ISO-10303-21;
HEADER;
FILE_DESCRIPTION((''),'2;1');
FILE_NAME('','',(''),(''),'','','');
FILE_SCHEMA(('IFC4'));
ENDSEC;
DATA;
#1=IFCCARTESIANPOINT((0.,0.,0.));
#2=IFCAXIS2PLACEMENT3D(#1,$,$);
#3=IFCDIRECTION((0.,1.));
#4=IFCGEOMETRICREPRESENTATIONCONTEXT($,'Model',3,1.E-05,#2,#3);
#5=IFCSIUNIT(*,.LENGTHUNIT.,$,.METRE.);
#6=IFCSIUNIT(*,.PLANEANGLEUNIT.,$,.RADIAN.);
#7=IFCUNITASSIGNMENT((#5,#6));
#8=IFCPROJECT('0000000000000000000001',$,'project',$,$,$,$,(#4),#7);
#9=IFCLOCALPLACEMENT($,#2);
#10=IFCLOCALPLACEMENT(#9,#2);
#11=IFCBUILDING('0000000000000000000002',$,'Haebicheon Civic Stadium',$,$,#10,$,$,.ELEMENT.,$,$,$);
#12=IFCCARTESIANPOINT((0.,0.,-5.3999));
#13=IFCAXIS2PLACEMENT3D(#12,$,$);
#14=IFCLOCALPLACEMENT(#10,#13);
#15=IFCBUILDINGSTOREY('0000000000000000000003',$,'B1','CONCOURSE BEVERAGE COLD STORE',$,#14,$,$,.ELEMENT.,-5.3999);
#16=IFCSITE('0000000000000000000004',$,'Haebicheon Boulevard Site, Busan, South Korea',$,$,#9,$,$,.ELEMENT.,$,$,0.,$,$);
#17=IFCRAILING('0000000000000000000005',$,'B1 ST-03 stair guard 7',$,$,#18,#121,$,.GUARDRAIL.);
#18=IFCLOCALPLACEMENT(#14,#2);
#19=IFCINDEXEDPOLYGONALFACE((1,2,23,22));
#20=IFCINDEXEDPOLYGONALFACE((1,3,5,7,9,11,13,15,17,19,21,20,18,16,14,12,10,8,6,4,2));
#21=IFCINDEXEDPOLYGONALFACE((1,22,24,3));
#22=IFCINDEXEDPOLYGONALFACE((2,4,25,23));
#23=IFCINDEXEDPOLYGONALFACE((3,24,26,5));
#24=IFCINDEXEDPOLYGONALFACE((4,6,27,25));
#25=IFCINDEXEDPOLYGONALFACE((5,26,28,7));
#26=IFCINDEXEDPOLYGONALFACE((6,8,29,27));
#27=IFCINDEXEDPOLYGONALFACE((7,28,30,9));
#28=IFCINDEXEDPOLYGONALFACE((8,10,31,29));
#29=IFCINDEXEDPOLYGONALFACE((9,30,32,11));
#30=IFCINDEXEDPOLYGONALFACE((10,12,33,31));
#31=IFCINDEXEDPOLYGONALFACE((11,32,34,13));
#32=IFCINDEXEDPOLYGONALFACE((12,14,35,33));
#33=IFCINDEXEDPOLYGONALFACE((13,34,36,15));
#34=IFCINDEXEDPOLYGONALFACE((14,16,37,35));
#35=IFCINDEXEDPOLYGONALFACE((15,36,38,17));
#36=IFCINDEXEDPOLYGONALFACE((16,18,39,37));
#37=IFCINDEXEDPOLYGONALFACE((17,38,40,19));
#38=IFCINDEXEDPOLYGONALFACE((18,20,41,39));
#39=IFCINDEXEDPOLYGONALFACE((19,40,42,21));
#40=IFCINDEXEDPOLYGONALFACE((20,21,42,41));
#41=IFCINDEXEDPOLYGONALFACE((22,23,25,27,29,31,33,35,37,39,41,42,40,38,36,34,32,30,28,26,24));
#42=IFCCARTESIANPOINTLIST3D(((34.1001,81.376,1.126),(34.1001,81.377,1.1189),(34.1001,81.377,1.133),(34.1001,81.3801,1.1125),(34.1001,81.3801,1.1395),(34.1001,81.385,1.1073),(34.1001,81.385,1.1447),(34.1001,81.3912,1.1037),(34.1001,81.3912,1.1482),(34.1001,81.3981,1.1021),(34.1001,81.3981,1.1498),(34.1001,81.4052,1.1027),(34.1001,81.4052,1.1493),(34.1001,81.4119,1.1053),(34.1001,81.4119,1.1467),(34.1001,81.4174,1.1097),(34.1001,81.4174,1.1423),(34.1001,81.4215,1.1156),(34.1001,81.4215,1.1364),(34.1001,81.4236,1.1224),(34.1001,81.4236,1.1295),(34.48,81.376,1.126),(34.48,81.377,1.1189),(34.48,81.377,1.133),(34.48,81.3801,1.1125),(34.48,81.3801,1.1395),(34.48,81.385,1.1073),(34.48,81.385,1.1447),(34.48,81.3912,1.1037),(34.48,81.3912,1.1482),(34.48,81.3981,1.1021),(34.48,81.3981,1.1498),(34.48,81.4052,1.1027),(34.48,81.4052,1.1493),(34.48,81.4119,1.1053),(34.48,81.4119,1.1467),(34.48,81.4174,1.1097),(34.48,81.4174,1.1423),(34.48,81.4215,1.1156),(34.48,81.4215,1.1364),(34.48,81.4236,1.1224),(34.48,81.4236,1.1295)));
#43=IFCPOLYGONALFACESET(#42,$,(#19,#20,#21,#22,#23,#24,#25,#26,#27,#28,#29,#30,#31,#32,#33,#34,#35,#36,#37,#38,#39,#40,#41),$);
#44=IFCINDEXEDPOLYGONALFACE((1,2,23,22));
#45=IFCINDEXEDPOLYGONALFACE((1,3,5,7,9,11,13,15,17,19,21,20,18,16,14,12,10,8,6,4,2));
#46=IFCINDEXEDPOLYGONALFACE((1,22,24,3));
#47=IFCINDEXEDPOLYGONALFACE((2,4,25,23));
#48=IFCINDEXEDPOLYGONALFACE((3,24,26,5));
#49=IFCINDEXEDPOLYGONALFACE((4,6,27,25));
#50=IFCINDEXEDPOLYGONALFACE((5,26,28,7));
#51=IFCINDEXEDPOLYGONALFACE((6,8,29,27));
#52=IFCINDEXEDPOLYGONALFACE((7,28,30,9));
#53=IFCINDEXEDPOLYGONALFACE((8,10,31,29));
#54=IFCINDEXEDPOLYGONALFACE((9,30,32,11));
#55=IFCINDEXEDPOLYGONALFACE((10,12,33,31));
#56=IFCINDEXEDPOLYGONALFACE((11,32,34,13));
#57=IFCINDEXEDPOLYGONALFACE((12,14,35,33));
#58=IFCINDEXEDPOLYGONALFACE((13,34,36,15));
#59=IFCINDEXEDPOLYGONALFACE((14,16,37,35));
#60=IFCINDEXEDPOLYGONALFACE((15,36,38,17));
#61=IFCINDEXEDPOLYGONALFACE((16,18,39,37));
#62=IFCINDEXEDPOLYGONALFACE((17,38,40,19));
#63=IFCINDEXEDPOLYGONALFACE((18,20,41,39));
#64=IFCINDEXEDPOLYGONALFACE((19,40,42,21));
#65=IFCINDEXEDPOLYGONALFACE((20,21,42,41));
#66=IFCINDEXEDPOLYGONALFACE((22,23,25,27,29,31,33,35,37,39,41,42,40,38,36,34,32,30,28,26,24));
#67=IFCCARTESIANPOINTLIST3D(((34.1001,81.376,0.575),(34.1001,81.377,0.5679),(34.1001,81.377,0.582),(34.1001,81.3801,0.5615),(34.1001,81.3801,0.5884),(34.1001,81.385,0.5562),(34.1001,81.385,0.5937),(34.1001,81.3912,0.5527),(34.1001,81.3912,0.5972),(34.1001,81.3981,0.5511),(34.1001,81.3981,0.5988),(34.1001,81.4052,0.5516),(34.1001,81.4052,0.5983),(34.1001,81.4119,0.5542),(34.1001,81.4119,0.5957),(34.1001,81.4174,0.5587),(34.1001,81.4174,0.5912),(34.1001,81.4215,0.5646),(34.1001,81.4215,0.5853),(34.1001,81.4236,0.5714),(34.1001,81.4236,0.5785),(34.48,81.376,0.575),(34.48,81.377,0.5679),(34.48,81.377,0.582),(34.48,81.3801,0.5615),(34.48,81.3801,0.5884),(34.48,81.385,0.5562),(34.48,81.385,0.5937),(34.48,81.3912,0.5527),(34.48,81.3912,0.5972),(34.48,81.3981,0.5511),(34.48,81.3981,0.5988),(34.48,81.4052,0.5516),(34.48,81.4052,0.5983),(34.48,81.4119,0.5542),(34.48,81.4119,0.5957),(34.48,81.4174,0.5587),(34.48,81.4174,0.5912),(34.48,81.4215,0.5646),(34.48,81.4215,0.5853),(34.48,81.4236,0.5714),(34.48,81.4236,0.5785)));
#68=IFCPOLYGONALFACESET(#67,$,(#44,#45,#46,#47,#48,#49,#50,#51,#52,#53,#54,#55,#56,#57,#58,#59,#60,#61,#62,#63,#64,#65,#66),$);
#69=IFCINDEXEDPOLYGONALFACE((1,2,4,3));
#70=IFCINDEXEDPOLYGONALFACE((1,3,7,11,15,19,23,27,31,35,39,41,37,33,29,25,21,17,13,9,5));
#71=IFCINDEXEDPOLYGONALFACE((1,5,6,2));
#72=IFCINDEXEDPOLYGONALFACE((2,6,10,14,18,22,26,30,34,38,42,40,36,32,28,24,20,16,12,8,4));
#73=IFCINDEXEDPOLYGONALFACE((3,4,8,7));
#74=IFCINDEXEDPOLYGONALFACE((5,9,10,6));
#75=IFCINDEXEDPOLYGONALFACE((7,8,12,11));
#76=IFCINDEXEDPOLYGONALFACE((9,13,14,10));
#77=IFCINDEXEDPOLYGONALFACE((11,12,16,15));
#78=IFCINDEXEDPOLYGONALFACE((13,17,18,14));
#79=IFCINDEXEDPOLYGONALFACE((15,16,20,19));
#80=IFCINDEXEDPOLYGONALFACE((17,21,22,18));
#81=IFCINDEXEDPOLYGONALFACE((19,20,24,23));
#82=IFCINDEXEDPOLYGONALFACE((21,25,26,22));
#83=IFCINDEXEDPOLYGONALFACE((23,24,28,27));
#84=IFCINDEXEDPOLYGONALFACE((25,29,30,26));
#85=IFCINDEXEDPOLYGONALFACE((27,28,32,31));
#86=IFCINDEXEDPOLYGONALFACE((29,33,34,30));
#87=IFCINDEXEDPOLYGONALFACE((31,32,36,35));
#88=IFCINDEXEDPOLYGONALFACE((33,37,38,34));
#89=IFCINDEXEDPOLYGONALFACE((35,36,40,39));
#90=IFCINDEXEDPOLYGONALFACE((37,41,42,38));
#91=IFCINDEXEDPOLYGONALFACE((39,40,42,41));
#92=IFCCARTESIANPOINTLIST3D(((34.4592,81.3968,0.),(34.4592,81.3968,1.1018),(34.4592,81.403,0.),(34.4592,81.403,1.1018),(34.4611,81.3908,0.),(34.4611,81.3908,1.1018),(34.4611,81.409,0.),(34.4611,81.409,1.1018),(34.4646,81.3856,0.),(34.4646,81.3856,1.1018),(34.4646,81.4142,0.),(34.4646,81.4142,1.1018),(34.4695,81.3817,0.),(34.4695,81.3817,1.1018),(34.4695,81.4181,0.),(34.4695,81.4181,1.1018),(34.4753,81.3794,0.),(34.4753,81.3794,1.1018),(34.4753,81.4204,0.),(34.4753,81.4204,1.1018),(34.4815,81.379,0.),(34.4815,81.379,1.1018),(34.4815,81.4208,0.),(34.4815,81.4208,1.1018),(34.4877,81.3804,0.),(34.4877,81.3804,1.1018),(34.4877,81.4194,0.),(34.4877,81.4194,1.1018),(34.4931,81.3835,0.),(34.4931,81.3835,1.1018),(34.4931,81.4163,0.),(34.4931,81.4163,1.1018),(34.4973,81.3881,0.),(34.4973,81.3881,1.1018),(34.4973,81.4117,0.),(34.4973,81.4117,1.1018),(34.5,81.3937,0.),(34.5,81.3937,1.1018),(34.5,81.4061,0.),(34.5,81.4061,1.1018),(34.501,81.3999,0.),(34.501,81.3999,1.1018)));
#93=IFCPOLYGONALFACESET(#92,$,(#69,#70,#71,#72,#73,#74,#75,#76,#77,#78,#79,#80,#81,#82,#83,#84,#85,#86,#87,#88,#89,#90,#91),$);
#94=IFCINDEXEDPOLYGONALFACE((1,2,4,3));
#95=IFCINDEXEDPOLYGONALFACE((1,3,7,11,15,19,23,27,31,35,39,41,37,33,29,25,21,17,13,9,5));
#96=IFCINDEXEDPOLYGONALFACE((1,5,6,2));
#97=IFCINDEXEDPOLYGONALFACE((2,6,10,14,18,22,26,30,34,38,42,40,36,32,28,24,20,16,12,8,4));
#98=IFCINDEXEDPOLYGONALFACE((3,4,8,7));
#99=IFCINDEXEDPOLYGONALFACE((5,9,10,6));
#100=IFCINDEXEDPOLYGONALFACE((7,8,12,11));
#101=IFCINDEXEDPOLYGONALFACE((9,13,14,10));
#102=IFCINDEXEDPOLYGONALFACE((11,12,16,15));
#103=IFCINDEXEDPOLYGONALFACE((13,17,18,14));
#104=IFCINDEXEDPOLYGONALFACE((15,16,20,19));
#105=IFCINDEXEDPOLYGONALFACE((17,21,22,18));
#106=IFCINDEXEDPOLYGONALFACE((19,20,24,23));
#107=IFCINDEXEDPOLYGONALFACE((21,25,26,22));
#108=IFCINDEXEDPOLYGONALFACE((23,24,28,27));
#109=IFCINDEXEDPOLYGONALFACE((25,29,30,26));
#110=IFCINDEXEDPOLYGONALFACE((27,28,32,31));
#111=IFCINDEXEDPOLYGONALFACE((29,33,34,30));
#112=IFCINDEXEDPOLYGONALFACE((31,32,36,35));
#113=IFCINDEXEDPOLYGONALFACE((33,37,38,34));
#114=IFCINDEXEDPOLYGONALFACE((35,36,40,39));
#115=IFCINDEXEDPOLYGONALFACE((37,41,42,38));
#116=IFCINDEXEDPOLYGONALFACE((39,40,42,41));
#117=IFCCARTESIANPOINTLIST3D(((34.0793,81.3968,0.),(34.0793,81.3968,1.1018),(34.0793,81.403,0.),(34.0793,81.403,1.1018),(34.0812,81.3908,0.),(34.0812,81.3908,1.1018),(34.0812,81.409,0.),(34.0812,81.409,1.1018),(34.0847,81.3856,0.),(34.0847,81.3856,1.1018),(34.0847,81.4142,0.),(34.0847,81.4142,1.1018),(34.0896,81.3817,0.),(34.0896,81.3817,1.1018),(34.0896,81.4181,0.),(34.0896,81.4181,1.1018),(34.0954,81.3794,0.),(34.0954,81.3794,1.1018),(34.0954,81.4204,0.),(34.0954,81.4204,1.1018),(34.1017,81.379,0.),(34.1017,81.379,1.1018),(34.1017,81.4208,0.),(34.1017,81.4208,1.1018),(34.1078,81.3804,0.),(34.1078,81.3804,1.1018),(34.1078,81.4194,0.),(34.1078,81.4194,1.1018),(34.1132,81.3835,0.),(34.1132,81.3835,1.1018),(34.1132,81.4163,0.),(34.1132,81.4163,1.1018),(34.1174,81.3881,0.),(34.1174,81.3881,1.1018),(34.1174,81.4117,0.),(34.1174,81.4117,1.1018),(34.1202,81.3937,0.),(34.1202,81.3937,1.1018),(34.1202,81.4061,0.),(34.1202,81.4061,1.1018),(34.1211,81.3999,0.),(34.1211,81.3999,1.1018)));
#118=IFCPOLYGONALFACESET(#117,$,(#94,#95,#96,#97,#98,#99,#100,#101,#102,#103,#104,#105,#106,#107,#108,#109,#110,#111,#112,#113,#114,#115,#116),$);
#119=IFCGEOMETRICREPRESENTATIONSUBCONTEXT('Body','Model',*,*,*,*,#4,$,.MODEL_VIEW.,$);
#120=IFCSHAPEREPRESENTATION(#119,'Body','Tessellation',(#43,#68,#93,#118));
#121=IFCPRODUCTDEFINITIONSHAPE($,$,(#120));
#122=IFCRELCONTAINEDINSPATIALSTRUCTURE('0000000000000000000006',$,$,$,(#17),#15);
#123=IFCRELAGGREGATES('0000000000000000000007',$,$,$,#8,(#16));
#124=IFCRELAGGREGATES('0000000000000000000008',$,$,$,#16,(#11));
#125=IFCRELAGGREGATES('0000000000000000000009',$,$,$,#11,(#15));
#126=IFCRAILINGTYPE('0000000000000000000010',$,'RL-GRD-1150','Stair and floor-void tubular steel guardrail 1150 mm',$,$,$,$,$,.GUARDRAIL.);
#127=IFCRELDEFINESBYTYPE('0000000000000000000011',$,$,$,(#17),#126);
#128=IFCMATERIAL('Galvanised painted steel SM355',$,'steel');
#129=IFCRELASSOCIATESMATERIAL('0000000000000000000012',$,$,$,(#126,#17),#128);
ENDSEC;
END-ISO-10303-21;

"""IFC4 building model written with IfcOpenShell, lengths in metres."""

from ifc_helpers import new_model, si_unit, direction, frame, origin, origin_2d, place, context, subcontext, project, spatial, circle, extrude, material, type_object, element, save


model = new_model("IFC4")

# Units and contexts
model_context = context("Model", 3, precision=1e-05, world=origin(), true_north=direction((0.0, 1.0)))
body_context = subcontext(model_context, "Body", "Model", "MODEL_VIEW")
ifc_project = project(units=[si_unit("LENGTHUNIT", "METRE"), si_unit("PLANEANGLEUNIT", "RADIAN")], contexts=[model_context])

# Site, building, storey
site_placement = place(None, origin())
site = spatial("IfcSite", under=ifc_project, at=site_placement, Name="Haebicheon Boulevard Site, Busan, South Korea", CompositionType="ELEMENT", RefElevation=0.0)
building_placement = place(site_placement, origin())
building = spatial("IfcBuilding", under=site, at=building_placement, Name="Haebicheon Civic Stadium", CompositionType="ELEMENT")
storey_placement = place(building_placement, frame((0.0, 0.0, -5.3999)))
storey = spatial("IfcBuildingStorey", under=building, at=storey_placement, Name="B1", Description="CONCOURSE BEVERAGE COLD STORE", CompositionType="ELEMENT", Elevation=-5.3999)

# Railing
ifc_material_1 = material(Name="Galvanised painted steel SM355", Category="steel")
railing_type_1 = type_object("IfcRailingType", Name="RL-GRD-1150", Description="Stair and floor-void tubular steel guardrail 1150 mm", PredefinedType="GUARDRAIL", material=ifc_material_1)
railing_1_placement = place(storey_placement, frame((34.48, 81.3999, 0.0)))
element("IfcRailing", 1, at=railing_1_placement, inside=storey, type_object=railing_type_1, material=ifc_material_1, Name="B1 ST-03 stair guard 7", PredefinedType="GUARDRAIL", context=body_context, shape_type="SweptSolid", body=[
    extrude(circle(Radius=0.0239, at=origin_2d()), frame((0.0, 0.0, 1.126), z_axis=(-1.0, 0.0, 0.0), x_axis=(0.0, -1.0, 0.0)), (0.0, 0.0, 1.0), 0.3799),
    extrude(circle(Radius=0.0239, at=origin_2d()), frame((0.0, 0.0, 0.575), z_axis=(-1.0, 0.0, 0.0), x_axis=(0.0, -1.0, 0.0)), (0.0, 0.0, 1.0), 0.3799),
    extrude(circle(Radius=0.021, at=origin_2d()), origin(), (0.0, 0.0, 1.0), 1.1018),
    extrude(circle(Radius=0.021, at=origin_2d()), frame((-0.3799, 0.0, 0.0)), (0.0, 0.0, 1.0), 1.1018),
])

save(model, "model.ifc")
